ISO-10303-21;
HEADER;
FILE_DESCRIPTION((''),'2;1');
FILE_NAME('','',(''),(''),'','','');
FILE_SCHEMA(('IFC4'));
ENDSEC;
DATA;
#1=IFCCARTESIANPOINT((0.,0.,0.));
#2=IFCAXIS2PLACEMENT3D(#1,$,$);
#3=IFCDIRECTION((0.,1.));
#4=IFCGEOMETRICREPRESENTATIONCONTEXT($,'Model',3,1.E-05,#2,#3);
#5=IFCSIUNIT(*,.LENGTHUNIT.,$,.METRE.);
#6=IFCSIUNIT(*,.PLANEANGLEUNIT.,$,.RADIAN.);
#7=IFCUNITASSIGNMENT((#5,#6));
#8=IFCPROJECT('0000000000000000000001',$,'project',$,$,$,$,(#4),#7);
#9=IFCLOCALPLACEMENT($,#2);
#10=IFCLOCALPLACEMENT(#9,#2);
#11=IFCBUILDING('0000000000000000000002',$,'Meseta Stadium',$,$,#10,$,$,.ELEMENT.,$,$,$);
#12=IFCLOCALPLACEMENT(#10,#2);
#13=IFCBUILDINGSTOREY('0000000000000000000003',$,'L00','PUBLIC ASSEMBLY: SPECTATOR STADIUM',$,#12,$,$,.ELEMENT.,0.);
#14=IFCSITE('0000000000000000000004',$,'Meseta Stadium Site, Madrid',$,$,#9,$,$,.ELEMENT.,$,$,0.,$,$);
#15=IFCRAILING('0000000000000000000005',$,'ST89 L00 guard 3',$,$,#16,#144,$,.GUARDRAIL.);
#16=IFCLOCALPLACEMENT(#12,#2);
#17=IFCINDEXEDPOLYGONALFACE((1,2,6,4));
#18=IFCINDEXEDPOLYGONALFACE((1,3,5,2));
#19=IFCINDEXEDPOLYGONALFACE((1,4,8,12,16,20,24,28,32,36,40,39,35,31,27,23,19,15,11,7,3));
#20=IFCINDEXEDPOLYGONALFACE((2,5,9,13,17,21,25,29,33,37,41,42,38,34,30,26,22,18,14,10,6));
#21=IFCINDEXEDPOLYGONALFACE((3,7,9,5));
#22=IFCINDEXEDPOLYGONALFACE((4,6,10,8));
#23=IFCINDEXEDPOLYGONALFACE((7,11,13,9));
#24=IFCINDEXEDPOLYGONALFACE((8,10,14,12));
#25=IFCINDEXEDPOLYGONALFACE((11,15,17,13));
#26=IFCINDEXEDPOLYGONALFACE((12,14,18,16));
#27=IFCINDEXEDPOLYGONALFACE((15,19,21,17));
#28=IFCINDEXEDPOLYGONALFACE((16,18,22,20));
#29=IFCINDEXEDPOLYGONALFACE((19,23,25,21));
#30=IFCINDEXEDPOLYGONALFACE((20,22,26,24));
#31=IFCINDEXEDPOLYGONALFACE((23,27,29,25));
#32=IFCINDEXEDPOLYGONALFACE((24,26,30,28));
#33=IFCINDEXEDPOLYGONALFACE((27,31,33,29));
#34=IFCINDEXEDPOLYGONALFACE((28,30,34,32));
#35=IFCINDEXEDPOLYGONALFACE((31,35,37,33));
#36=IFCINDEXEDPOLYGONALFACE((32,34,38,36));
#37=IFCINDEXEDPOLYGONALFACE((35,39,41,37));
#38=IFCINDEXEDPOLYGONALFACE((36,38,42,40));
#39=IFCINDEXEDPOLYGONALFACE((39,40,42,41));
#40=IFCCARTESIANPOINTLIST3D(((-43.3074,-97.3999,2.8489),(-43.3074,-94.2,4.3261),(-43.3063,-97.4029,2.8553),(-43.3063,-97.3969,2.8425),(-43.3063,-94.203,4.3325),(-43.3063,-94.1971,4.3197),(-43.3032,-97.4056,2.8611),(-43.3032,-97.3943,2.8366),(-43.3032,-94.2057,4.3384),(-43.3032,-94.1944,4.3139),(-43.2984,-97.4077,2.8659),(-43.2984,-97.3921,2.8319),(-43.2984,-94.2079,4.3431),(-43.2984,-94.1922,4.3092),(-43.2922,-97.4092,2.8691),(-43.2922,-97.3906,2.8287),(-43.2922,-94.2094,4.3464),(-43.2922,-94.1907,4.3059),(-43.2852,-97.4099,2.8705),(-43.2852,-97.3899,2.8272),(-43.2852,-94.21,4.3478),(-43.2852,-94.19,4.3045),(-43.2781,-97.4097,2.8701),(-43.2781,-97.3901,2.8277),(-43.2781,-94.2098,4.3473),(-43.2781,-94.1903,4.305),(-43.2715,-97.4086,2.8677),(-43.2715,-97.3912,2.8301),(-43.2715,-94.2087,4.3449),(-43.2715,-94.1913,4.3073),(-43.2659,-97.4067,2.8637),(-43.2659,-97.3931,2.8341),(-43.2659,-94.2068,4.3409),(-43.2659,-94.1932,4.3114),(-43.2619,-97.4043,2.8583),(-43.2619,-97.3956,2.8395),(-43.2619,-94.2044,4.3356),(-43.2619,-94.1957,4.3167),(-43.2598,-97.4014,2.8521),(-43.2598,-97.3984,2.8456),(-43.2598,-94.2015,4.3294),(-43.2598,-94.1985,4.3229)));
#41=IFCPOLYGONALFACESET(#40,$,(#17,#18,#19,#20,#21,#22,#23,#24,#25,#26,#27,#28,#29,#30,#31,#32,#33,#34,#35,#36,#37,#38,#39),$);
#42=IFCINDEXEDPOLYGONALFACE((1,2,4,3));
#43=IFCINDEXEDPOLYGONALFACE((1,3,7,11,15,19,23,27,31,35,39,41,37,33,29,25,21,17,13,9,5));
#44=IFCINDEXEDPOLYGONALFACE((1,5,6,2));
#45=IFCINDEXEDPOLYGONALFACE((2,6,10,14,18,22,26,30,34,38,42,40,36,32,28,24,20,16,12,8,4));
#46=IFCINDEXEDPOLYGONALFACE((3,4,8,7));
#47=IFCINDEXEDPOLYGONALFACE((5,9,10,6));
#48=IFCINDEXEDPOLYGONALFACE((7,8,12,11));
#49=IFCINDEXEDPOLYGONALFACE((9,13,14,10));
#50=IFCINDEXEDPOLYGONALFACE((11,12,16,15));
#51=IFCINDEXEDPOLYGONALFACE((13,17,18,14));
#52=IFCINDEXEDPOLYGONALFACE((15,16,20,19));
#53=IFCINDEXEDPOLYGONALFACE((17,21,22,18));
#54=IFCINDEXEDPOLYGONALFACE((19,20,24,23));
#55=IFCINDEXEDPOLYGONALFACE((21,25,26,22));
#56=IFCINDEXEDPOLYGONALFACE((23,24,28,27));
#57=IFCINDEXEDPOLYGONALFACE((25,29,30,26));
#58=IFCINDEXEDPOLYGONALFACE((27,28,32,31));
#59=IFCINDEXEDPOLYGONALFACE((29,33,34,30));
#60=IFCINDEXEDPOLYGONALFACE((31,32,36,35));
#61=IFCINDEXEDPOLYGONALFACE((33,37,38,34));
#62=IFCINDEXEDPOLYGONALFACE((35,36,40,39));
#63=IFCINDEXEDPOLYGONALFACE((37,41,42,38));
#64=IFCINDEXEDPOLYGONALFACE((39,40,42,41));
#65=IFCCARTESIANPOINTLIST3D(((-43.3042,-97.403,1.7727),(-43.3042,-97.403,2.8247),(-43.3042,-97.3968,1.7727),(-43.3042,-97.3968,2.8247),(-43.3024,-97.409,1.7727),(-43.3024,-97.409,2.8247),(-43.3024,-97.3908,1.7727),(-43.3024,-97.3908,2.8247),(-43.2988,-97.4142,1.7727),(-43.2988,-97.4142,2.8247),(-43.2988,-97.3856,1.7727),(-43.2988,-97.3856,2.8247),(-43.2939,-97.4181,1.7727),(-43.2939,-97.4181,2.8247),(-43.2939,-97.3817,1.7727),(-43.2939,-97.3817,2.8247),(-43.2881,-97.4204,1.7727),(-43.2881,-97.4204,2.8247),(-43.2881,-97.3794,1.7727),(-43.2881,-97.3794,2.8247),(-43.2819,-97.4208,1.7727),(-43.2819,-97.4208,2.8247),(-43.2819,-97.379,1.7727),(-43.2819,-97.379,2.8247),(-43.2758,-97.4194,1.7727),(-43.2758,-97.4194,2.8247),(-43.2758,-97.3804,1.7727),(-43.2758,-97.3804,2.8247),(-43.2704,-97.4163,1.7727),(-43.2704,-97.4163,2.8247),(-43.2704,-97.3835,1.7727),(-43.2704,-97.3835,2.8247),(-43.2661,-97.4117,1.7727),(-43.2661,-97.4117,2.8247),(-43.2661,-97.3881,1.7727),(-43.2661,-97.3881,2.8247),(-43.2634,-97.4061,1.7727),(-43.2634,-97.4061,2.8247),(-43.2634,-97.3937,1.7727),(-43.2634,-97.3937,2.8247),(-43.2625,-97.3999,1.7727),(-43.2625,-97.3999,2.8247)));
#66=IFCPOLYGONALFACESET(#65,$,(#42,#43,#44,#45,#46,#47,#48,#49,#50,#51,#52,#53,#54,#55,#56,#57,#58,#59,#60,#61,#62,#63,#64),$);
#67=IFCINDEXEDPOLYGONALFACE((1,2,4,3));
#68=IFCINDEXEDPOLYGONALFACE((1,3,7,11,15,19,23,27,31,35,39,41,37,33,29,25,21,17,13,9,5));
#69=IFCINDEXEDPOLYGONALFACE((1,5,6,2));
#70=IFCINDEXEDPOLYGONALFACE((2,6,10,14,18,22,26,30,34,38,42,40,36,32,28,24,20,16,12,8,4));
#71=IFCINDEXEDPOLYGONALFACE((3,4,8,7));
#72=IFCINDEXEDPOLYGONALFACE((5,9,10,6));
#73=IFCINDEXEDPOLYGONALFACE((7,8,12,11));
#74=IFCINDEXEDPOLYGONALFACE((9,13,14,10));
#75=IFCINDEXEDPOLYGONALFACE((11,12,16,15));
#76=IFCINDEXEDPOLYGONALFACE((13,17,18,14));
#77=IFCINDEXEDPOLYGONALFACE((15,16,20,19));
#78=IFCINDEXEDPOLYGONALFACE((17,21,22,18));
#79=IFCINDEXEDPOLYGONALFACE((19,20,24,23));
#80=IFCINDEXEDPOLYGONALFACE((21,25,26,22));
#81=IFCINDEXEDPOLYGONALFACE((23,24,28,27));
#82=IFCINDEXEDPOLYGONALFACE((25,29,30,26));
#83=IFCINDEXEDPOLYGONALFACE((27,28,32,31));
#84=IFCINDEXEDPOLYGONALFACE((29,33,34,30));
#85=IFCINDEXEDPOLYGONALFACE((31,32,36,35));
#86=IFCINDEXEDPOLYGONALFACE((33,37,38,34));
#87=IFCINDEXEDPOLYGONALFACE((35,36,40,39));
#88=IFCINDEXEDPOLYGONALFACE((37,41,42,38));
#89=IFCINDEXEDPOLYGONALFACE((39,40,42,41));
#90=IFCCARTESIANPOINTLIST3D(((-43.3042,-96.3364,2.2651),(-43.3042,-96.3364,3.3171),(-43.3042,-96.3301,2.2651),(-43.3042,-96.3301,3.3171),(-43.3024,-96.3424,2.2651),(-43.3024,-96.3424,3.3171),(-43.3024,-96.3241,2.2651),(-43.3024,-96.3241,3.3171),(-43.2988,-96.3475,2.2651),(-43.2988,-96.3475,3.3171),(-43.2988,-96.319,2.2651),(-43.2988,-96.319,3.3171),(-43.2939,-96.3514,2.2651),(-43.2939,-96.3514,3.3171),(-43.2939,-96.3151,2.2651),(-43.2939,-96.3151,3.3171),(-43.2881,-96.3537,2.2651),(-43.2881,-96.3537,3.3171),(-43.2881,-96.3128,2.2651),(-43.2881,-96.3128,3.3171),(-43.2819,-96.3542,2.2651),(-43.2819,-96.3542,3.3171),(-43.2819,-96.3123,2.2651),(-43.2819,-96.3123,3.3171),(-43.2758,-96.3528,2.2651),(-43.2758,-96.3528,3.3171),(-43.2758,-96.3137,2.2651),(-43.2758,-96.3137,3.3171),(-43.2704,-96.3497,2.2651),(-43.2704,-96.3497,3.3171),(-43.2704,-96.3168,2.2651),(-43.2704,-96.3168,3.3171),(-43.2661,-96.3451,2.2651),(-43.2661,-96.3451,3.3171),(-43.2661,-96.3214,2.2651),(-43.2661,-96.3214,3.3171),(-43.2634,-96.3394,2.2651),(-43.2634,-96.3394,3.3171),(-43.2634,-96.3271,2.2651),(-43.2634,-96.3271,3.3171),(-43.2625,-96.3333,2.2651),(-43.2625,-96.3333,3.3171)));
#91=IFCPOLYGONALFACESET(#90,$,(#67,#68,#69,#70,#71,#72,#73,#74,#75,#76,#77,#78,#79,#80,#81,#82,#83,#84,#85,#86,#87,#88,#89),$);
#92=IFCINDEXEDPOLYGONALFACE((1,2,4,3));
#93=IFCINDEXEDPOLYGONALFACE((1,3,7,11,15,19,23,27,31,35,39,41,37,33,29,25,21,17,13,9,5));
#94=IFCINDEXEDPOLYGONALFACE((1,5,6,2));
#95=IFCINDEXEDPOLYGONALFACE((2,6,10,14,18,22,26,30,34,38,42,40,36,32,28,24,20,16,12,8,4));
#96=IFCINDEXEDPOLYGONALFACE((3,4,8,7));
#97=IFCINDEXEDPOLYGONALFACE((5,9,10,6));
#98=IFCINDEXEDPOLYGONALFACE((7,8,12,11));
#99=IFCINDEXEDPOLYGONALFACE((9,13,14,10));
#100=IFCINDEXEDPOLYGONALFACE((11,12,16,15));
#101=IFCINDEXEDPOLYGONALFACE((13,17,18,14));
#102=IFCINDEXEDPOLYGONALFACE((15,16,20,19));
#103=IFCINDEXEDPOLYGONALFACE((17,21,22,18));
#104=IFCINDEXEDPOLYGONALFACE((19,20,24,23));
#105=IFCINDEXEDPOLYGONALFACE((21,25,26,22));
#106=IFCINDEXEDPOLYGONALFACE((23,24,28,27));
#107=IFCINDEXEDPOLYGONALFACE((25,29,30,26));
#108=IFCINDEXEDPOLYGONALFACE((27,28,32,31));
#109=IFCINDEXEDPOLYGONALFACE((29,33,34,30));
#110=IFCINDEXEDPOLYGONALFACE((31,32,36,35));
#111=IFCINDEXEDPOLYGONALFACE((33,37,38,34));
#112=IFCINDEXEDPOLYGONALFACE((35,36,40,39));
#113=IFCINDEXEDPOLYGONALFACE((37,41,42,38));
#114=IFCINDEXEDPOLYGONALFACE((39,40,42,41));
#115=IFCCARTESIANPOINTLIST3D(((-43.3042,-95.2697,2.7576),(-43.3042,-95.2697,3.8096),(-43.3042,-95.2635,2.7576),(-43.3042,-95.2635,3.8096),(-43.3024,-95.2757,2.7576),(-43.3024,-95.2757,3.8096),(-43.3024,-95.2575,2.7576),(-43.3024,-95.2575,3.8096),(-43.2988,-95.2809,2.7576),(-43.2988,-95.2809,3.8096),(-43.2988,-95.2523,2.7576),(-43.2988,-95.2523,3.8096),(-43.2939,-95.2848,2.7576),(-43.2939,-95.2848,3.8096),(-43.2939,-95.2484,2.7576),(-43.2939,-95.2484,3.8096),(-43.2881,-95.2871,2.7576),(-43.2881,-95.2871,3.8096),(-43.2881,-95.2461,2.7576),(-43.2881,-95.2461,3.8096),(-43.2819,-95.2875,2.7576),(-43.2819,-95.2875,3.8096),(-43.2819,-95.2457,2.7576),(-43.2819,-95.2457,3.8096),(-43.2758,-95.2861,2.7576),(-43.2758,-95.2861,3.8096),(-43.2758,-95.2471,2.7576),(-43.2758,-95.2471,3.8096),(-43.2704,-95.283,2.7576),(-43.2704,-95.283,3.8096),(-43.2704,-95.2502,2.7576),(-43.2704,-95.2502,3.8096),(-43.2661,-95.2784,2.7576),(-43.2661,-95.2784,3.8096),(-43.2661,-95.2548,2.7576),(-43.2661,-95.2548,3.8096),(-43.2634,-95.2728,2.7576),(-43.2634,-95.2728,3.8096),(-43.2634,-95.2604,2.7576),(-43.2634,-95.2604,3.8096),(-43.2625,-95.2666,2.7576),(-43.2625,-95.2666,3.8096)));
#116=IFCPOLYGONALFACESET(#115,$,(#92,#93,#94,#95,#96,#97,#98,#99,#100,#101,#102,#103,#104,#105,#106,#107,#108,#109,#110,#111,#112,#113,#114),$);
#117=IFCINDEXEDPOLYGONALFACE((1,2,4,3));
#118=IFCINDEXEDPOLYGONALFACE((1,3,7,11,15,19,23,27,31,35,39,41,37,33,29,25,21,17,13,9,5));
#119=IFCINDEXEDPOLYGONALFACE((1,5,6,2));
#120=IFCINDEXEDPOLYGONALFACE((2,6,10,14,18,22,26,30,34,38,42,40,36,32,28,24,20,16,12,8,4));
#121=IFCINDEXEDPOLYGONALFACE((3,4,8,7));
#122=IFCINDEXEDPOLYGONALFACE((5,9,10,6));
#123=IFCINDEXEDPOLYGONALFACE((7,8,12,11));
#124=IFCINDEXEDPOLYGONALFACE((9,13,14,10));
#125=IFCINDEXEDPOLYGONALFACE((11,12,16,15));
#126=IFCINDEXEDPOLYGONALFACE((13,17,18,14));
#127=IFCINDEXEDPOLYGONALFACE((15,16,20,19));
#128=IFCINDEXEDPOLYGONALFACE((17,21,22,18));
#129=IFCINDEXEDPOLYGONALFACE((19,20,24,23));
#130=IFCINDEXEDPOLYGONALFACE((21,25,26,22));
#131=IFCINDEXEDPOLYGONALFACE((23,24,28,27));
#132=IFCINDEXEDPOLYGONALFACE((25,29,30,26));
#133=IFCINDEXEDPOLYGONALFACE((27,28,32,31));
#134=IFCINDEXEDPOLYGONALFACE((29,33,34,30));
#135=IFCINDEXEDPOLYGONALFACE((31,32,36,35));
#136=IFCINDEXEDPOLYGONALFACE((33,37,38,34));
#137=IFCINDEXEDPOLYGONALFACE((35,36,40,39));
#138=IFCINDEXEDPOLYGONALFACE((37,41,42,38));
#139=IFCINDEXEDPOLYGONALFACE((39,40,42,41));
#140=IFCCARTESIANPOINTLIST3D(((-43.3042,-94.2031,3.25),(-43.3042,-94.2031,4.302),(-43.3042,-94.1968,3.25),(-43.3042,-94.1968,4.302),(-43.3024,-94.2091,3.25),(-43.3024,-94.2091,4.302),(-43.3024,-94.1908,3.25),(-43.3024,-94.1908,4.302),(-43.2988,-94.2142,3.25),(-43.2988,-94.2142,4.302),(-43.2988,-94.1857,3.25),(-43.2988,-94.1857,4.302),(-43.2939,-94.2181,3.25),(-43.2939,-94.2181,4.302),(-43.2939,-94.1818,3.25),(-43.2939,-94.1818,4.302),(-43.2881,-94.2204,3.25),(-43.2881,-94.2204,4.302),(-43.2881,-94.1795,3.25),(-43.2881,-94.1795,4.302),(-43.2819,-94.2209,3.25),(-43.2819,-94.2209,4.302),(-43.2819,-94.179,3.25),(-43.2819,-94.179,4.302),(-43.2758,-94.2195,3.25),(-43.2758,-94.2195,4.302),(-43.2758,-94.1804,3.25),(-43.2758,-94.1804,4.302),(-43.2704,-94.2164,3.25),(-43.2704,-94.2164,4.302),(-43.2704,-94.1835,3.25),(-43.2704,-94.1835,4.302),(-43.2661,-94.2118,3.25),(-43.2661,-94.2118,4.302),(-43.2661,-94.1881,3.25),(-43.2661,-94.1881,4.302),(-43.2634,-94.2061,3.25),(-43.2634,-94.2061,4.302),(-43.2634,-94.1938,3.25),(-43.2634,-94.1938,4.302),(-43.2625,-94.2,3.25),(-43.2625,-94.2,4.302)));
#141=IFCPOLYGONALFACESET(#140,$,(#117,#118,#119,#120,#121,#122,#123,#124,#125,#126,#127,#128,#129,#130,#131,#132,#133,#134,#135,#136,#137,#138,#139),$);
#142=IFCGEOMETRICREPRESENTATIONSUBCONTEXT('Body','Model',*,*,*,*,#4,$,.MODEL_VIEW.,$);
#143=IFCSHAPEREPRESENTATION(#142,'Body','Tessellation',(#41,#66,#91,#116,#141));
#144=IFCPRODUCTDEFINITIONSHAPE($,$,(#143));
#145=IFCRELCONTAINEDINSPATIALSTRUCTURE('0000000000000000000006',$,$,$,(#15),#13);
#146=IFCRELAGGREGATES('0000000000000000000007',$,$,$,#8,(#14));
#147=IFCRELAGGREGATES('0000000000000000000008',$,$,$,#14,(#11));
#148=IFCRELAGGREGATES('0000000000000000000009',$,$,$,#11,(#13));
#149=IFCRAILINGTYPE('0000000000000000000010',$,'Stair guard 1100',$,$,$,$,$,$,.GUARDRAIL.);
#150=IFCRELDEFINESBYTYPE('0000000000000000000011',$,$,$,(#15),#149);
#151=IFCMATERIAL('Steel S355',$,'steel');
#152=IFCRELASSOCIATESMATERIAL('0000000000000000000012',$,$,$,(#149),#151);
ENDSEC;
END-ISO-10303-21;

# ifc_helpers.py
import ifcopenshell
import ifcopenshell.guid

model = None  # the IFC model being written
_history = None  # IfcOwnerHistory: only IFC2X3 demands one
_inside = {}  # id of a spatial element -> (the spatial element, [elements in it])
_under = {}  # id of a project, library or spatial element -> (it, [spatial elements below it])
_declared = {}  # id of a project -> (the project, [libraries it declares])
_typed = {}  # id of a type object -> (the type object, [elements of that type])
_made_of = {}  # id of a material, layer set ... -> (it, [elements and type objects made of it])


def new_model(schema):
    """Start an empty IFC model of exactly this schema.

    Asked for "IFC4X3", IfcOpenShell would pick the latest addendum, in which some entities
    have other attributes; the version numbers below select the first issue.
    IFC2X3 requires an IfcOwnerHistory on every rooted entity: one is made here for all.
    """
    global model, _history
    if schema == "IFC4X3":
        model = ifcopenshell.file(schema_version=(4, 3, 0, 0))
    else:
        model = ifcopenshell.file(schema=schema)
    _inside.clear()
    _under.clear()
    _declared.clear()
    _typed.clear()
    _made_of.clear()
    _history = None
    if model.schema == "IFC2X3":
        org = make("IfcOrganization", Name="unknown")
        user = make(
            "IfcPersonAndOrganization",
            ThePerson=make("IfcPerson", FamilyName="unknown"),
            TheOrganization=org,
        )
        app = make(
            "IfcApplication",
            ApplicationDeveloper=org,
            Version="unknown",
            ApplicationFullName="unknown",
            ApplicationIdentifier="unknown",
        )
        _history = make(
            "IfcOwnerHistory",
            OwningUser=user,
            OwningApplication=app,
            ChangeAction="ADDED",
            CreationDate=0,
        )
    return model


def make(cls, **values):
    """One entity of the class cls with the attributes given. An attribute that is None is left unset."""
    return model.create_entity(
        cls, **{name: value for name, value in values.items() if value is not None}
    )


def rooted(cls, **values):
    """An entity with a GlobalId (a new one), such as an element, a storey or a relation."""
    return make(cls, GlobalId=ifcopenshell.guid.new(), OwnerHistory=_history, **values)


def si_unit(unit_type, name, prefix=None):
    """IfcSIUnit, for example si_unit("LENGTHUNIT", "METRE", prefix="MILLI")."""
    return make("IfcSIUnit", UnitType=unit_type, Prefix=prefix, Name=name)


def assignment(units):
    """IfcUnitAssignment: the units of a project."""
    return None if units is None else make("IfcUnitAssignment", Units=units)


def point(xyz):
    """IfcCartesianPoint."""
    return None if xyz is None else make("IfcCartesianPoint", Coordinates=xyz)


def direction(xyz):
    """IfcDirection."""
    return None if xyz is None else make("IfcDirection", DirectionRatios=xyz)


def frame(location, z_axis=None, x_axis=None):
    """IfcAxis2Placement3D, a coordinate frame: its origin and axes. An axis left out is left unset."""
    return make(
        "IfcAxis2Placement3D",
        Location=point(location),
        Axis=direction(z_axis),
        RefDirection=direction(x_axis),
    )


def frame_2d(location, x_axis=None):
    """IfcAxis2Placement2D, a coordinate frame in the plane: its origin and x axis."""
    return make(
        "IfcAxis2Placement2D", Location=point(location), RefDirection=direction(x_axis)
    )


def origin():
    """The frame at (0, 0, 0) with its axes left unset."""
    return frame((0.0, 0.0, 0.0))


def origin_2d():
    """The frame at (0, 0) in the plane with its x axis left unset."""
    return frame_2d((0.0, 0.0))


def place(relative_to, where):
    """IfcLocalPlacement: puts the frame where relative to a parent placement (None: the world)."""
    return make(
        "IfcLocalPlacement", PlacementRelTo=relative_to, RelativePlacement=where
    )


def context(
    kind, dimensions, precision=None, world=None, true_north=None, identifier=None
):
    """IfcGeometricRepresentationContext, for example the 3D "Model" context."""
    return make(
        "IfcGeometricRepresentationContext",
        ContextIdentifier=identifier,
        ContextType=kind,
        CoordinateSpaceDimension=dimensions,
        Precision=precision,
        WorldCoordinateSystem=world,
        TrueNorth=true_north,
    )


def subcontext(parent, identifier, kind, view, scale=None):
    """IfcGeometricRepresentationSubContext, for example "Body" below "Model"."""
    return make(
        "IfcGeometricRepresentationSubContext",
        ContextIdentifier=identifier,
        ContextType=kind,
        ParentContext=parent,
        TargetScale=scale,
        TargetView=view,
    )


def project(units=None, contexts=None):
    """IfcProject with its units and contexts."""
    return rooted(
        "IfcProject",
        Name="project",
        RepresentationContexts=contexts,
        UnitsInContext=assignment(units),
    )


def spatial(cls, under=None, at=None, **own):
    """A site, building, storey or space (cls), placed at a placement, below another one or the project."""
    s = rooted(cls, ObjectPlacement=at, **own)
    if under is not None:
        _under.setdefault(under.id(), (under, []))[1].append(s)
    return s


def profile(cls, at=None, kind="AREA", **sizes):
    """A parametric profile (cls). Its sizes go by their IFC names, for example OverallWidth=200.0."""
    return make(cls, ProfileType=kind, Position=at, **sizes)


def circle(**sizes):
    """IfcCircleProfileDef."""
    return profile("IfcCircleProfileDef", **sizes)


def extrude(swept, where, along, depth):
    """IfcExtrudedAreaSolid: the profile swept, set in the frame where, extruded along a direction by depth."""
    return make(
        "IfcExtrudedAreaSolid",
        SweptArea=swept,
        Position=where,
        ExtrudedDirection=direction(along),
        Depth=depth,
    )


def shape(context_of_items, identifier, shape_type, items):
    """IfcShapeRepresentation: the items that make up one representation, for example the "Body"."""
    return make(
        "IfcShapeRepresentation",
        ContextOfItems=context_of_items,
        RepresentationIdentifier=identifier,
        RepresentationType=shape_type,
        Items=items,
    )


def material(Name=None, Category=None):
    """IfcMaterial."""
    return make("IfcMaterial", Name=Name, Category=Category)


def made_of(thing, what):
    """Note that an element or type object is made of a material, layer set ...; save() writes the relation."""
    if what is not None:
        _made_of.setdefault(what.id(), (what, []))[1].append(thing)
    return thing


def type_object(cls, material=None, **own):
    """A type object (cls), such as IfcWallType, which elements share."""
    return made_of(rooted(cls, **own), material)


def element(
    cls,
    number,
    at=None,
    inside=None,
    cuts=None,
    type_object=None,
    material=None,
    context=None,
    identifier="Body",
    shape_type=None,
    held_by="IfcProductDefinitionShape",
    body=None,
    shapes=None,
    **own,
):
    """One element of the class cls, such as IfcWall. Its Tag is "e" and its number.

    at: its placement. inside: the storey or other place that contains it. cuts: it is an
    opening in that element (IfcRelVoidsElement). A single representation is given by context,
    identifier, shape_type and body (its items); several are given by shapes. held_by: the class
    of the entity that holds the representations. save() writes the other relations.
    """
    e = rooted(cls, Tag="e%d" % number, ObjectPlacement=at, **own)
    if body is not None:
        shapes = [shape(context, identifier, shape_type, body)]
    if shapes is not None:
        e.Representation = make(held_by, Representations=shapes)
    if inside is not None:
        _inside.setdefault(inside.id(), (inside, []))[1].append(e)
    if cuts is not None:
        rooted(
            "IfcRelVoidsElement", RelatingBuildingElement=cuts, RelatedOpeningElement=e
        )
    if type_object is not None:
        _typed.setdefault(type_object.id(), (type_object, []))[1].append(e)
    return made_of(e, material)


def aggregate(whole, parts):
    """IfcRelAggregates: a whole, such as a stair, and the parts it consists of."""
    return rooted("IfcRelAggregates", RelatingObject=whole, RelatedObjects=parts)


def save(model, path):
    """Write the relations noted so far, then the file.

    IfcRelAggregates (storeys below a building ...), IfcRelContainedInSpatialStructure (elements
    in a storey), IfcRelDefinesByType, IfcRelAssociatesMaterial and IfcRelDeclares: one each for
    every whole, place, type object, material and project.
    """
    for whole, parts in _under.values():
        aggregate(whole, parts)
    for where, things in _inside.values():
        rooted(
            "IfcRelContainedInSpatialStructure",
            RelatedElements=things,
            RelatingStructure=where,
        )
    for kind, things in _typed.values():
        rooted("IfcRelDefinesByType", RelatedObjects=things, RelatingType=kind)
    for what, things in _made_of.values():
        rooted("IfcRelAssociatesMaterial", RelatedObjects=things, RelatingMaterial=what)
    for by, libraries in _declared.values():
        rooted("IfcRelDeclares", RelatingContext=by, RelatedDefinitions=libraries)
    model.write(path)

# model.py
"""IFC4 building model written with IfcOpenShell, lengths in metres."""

from ifc_helpers import new_model, si_unit, direction, frame, origin, origin_2d, place, context, subcontext, project, spatial, circle, extrude, material, type_object, element, save


model = new_model("IFC4")

# Units and contexts
model_context = context("Model", 3, precision=1e-05, world=origin(), true_north=direction((0.0, 1.0)))
body_context = subcontext(model_context, "Body", "Model", "MODEL_VIEW")
ifc_project = project(units=[si_unit("LENGTHUNIT", "METRE"), si_unit("PLANEANGLEUNIT", "RADIAN")], contexts=[model_context])

# Site, building, storey
site_placement = place(None, origin())
site = spatial("IfcSite", under=ifc_project, at=site_placement, Name="Meseta Stadium Site, Madrid", CompositionType="ELEMENT", RefElevation=0.0)
building_placement = place(site_placement, origin())
building = spatial("IfcBuilding", under=site, at=building_placement, Name="Meseta Stadium", CompositionType="ELEMENT")
storey_placement = place(building_placement, origin())
storey = spatial("IfcBuildingStorey", under=building, at=storey_placement, Name="L00", Description="PUBLIC ASSEMBLY: SPECTATOR STADIUM", CompositionType="ELEMENT", Elevation=0.0)

# Railing
ifc_material_1 = material(Name="Steel S355", Category="steel")
railing_type_1 = type_object("IfcRailingType", Name="Stair guard 1100", PredefinedType="GUARDRAIL", material=ifc_material_1)
railing_1_placement = place(storey_placement, frame((-43.2834, -97.3999, 1.7727)))
element("IfcRailing", 1, at=railing_1_placement, inside=storey, type_object=railing_type_1, Name="ST89 L00 guard 3", PredefinedType="GUARDRAIL", context=body_context, shape_type="SweptSolid", body=[
    extrude(circle(Radius=0.0239, at=origin_2d()), frame((0.0, 0.0, 1.0762), z_axis=(0.0, 0.907917, 0.41915), x_axis=(-1.0, 0.0, 0.0)), (0.0, 0.0, 1.0), 3.5244),
    extrude(circle(Radius=0.021, at=origin_2d()), origin(), (0.0, 0.0, 1.0), 1.052),
    extrude(circle(Radius=0.021, at=origin_2d()), frame((0.0, 1.0667, 0.4924)), (0.0, 0.0, 1.0), 1.052),
    extrude(circle(Radius=0.021, at=origin_2d()), frame((0.0, 2.1333, 0.9849)), (0.0, 0.0, 1.0), 1.052),
    extrude(circle(Radius=0.021, at=origin_2d()), frame((0.0, 3.2, 1.4773)), (0.0, 0.0, 1.0), 1.052),
])

save(model, "model.ifc")
